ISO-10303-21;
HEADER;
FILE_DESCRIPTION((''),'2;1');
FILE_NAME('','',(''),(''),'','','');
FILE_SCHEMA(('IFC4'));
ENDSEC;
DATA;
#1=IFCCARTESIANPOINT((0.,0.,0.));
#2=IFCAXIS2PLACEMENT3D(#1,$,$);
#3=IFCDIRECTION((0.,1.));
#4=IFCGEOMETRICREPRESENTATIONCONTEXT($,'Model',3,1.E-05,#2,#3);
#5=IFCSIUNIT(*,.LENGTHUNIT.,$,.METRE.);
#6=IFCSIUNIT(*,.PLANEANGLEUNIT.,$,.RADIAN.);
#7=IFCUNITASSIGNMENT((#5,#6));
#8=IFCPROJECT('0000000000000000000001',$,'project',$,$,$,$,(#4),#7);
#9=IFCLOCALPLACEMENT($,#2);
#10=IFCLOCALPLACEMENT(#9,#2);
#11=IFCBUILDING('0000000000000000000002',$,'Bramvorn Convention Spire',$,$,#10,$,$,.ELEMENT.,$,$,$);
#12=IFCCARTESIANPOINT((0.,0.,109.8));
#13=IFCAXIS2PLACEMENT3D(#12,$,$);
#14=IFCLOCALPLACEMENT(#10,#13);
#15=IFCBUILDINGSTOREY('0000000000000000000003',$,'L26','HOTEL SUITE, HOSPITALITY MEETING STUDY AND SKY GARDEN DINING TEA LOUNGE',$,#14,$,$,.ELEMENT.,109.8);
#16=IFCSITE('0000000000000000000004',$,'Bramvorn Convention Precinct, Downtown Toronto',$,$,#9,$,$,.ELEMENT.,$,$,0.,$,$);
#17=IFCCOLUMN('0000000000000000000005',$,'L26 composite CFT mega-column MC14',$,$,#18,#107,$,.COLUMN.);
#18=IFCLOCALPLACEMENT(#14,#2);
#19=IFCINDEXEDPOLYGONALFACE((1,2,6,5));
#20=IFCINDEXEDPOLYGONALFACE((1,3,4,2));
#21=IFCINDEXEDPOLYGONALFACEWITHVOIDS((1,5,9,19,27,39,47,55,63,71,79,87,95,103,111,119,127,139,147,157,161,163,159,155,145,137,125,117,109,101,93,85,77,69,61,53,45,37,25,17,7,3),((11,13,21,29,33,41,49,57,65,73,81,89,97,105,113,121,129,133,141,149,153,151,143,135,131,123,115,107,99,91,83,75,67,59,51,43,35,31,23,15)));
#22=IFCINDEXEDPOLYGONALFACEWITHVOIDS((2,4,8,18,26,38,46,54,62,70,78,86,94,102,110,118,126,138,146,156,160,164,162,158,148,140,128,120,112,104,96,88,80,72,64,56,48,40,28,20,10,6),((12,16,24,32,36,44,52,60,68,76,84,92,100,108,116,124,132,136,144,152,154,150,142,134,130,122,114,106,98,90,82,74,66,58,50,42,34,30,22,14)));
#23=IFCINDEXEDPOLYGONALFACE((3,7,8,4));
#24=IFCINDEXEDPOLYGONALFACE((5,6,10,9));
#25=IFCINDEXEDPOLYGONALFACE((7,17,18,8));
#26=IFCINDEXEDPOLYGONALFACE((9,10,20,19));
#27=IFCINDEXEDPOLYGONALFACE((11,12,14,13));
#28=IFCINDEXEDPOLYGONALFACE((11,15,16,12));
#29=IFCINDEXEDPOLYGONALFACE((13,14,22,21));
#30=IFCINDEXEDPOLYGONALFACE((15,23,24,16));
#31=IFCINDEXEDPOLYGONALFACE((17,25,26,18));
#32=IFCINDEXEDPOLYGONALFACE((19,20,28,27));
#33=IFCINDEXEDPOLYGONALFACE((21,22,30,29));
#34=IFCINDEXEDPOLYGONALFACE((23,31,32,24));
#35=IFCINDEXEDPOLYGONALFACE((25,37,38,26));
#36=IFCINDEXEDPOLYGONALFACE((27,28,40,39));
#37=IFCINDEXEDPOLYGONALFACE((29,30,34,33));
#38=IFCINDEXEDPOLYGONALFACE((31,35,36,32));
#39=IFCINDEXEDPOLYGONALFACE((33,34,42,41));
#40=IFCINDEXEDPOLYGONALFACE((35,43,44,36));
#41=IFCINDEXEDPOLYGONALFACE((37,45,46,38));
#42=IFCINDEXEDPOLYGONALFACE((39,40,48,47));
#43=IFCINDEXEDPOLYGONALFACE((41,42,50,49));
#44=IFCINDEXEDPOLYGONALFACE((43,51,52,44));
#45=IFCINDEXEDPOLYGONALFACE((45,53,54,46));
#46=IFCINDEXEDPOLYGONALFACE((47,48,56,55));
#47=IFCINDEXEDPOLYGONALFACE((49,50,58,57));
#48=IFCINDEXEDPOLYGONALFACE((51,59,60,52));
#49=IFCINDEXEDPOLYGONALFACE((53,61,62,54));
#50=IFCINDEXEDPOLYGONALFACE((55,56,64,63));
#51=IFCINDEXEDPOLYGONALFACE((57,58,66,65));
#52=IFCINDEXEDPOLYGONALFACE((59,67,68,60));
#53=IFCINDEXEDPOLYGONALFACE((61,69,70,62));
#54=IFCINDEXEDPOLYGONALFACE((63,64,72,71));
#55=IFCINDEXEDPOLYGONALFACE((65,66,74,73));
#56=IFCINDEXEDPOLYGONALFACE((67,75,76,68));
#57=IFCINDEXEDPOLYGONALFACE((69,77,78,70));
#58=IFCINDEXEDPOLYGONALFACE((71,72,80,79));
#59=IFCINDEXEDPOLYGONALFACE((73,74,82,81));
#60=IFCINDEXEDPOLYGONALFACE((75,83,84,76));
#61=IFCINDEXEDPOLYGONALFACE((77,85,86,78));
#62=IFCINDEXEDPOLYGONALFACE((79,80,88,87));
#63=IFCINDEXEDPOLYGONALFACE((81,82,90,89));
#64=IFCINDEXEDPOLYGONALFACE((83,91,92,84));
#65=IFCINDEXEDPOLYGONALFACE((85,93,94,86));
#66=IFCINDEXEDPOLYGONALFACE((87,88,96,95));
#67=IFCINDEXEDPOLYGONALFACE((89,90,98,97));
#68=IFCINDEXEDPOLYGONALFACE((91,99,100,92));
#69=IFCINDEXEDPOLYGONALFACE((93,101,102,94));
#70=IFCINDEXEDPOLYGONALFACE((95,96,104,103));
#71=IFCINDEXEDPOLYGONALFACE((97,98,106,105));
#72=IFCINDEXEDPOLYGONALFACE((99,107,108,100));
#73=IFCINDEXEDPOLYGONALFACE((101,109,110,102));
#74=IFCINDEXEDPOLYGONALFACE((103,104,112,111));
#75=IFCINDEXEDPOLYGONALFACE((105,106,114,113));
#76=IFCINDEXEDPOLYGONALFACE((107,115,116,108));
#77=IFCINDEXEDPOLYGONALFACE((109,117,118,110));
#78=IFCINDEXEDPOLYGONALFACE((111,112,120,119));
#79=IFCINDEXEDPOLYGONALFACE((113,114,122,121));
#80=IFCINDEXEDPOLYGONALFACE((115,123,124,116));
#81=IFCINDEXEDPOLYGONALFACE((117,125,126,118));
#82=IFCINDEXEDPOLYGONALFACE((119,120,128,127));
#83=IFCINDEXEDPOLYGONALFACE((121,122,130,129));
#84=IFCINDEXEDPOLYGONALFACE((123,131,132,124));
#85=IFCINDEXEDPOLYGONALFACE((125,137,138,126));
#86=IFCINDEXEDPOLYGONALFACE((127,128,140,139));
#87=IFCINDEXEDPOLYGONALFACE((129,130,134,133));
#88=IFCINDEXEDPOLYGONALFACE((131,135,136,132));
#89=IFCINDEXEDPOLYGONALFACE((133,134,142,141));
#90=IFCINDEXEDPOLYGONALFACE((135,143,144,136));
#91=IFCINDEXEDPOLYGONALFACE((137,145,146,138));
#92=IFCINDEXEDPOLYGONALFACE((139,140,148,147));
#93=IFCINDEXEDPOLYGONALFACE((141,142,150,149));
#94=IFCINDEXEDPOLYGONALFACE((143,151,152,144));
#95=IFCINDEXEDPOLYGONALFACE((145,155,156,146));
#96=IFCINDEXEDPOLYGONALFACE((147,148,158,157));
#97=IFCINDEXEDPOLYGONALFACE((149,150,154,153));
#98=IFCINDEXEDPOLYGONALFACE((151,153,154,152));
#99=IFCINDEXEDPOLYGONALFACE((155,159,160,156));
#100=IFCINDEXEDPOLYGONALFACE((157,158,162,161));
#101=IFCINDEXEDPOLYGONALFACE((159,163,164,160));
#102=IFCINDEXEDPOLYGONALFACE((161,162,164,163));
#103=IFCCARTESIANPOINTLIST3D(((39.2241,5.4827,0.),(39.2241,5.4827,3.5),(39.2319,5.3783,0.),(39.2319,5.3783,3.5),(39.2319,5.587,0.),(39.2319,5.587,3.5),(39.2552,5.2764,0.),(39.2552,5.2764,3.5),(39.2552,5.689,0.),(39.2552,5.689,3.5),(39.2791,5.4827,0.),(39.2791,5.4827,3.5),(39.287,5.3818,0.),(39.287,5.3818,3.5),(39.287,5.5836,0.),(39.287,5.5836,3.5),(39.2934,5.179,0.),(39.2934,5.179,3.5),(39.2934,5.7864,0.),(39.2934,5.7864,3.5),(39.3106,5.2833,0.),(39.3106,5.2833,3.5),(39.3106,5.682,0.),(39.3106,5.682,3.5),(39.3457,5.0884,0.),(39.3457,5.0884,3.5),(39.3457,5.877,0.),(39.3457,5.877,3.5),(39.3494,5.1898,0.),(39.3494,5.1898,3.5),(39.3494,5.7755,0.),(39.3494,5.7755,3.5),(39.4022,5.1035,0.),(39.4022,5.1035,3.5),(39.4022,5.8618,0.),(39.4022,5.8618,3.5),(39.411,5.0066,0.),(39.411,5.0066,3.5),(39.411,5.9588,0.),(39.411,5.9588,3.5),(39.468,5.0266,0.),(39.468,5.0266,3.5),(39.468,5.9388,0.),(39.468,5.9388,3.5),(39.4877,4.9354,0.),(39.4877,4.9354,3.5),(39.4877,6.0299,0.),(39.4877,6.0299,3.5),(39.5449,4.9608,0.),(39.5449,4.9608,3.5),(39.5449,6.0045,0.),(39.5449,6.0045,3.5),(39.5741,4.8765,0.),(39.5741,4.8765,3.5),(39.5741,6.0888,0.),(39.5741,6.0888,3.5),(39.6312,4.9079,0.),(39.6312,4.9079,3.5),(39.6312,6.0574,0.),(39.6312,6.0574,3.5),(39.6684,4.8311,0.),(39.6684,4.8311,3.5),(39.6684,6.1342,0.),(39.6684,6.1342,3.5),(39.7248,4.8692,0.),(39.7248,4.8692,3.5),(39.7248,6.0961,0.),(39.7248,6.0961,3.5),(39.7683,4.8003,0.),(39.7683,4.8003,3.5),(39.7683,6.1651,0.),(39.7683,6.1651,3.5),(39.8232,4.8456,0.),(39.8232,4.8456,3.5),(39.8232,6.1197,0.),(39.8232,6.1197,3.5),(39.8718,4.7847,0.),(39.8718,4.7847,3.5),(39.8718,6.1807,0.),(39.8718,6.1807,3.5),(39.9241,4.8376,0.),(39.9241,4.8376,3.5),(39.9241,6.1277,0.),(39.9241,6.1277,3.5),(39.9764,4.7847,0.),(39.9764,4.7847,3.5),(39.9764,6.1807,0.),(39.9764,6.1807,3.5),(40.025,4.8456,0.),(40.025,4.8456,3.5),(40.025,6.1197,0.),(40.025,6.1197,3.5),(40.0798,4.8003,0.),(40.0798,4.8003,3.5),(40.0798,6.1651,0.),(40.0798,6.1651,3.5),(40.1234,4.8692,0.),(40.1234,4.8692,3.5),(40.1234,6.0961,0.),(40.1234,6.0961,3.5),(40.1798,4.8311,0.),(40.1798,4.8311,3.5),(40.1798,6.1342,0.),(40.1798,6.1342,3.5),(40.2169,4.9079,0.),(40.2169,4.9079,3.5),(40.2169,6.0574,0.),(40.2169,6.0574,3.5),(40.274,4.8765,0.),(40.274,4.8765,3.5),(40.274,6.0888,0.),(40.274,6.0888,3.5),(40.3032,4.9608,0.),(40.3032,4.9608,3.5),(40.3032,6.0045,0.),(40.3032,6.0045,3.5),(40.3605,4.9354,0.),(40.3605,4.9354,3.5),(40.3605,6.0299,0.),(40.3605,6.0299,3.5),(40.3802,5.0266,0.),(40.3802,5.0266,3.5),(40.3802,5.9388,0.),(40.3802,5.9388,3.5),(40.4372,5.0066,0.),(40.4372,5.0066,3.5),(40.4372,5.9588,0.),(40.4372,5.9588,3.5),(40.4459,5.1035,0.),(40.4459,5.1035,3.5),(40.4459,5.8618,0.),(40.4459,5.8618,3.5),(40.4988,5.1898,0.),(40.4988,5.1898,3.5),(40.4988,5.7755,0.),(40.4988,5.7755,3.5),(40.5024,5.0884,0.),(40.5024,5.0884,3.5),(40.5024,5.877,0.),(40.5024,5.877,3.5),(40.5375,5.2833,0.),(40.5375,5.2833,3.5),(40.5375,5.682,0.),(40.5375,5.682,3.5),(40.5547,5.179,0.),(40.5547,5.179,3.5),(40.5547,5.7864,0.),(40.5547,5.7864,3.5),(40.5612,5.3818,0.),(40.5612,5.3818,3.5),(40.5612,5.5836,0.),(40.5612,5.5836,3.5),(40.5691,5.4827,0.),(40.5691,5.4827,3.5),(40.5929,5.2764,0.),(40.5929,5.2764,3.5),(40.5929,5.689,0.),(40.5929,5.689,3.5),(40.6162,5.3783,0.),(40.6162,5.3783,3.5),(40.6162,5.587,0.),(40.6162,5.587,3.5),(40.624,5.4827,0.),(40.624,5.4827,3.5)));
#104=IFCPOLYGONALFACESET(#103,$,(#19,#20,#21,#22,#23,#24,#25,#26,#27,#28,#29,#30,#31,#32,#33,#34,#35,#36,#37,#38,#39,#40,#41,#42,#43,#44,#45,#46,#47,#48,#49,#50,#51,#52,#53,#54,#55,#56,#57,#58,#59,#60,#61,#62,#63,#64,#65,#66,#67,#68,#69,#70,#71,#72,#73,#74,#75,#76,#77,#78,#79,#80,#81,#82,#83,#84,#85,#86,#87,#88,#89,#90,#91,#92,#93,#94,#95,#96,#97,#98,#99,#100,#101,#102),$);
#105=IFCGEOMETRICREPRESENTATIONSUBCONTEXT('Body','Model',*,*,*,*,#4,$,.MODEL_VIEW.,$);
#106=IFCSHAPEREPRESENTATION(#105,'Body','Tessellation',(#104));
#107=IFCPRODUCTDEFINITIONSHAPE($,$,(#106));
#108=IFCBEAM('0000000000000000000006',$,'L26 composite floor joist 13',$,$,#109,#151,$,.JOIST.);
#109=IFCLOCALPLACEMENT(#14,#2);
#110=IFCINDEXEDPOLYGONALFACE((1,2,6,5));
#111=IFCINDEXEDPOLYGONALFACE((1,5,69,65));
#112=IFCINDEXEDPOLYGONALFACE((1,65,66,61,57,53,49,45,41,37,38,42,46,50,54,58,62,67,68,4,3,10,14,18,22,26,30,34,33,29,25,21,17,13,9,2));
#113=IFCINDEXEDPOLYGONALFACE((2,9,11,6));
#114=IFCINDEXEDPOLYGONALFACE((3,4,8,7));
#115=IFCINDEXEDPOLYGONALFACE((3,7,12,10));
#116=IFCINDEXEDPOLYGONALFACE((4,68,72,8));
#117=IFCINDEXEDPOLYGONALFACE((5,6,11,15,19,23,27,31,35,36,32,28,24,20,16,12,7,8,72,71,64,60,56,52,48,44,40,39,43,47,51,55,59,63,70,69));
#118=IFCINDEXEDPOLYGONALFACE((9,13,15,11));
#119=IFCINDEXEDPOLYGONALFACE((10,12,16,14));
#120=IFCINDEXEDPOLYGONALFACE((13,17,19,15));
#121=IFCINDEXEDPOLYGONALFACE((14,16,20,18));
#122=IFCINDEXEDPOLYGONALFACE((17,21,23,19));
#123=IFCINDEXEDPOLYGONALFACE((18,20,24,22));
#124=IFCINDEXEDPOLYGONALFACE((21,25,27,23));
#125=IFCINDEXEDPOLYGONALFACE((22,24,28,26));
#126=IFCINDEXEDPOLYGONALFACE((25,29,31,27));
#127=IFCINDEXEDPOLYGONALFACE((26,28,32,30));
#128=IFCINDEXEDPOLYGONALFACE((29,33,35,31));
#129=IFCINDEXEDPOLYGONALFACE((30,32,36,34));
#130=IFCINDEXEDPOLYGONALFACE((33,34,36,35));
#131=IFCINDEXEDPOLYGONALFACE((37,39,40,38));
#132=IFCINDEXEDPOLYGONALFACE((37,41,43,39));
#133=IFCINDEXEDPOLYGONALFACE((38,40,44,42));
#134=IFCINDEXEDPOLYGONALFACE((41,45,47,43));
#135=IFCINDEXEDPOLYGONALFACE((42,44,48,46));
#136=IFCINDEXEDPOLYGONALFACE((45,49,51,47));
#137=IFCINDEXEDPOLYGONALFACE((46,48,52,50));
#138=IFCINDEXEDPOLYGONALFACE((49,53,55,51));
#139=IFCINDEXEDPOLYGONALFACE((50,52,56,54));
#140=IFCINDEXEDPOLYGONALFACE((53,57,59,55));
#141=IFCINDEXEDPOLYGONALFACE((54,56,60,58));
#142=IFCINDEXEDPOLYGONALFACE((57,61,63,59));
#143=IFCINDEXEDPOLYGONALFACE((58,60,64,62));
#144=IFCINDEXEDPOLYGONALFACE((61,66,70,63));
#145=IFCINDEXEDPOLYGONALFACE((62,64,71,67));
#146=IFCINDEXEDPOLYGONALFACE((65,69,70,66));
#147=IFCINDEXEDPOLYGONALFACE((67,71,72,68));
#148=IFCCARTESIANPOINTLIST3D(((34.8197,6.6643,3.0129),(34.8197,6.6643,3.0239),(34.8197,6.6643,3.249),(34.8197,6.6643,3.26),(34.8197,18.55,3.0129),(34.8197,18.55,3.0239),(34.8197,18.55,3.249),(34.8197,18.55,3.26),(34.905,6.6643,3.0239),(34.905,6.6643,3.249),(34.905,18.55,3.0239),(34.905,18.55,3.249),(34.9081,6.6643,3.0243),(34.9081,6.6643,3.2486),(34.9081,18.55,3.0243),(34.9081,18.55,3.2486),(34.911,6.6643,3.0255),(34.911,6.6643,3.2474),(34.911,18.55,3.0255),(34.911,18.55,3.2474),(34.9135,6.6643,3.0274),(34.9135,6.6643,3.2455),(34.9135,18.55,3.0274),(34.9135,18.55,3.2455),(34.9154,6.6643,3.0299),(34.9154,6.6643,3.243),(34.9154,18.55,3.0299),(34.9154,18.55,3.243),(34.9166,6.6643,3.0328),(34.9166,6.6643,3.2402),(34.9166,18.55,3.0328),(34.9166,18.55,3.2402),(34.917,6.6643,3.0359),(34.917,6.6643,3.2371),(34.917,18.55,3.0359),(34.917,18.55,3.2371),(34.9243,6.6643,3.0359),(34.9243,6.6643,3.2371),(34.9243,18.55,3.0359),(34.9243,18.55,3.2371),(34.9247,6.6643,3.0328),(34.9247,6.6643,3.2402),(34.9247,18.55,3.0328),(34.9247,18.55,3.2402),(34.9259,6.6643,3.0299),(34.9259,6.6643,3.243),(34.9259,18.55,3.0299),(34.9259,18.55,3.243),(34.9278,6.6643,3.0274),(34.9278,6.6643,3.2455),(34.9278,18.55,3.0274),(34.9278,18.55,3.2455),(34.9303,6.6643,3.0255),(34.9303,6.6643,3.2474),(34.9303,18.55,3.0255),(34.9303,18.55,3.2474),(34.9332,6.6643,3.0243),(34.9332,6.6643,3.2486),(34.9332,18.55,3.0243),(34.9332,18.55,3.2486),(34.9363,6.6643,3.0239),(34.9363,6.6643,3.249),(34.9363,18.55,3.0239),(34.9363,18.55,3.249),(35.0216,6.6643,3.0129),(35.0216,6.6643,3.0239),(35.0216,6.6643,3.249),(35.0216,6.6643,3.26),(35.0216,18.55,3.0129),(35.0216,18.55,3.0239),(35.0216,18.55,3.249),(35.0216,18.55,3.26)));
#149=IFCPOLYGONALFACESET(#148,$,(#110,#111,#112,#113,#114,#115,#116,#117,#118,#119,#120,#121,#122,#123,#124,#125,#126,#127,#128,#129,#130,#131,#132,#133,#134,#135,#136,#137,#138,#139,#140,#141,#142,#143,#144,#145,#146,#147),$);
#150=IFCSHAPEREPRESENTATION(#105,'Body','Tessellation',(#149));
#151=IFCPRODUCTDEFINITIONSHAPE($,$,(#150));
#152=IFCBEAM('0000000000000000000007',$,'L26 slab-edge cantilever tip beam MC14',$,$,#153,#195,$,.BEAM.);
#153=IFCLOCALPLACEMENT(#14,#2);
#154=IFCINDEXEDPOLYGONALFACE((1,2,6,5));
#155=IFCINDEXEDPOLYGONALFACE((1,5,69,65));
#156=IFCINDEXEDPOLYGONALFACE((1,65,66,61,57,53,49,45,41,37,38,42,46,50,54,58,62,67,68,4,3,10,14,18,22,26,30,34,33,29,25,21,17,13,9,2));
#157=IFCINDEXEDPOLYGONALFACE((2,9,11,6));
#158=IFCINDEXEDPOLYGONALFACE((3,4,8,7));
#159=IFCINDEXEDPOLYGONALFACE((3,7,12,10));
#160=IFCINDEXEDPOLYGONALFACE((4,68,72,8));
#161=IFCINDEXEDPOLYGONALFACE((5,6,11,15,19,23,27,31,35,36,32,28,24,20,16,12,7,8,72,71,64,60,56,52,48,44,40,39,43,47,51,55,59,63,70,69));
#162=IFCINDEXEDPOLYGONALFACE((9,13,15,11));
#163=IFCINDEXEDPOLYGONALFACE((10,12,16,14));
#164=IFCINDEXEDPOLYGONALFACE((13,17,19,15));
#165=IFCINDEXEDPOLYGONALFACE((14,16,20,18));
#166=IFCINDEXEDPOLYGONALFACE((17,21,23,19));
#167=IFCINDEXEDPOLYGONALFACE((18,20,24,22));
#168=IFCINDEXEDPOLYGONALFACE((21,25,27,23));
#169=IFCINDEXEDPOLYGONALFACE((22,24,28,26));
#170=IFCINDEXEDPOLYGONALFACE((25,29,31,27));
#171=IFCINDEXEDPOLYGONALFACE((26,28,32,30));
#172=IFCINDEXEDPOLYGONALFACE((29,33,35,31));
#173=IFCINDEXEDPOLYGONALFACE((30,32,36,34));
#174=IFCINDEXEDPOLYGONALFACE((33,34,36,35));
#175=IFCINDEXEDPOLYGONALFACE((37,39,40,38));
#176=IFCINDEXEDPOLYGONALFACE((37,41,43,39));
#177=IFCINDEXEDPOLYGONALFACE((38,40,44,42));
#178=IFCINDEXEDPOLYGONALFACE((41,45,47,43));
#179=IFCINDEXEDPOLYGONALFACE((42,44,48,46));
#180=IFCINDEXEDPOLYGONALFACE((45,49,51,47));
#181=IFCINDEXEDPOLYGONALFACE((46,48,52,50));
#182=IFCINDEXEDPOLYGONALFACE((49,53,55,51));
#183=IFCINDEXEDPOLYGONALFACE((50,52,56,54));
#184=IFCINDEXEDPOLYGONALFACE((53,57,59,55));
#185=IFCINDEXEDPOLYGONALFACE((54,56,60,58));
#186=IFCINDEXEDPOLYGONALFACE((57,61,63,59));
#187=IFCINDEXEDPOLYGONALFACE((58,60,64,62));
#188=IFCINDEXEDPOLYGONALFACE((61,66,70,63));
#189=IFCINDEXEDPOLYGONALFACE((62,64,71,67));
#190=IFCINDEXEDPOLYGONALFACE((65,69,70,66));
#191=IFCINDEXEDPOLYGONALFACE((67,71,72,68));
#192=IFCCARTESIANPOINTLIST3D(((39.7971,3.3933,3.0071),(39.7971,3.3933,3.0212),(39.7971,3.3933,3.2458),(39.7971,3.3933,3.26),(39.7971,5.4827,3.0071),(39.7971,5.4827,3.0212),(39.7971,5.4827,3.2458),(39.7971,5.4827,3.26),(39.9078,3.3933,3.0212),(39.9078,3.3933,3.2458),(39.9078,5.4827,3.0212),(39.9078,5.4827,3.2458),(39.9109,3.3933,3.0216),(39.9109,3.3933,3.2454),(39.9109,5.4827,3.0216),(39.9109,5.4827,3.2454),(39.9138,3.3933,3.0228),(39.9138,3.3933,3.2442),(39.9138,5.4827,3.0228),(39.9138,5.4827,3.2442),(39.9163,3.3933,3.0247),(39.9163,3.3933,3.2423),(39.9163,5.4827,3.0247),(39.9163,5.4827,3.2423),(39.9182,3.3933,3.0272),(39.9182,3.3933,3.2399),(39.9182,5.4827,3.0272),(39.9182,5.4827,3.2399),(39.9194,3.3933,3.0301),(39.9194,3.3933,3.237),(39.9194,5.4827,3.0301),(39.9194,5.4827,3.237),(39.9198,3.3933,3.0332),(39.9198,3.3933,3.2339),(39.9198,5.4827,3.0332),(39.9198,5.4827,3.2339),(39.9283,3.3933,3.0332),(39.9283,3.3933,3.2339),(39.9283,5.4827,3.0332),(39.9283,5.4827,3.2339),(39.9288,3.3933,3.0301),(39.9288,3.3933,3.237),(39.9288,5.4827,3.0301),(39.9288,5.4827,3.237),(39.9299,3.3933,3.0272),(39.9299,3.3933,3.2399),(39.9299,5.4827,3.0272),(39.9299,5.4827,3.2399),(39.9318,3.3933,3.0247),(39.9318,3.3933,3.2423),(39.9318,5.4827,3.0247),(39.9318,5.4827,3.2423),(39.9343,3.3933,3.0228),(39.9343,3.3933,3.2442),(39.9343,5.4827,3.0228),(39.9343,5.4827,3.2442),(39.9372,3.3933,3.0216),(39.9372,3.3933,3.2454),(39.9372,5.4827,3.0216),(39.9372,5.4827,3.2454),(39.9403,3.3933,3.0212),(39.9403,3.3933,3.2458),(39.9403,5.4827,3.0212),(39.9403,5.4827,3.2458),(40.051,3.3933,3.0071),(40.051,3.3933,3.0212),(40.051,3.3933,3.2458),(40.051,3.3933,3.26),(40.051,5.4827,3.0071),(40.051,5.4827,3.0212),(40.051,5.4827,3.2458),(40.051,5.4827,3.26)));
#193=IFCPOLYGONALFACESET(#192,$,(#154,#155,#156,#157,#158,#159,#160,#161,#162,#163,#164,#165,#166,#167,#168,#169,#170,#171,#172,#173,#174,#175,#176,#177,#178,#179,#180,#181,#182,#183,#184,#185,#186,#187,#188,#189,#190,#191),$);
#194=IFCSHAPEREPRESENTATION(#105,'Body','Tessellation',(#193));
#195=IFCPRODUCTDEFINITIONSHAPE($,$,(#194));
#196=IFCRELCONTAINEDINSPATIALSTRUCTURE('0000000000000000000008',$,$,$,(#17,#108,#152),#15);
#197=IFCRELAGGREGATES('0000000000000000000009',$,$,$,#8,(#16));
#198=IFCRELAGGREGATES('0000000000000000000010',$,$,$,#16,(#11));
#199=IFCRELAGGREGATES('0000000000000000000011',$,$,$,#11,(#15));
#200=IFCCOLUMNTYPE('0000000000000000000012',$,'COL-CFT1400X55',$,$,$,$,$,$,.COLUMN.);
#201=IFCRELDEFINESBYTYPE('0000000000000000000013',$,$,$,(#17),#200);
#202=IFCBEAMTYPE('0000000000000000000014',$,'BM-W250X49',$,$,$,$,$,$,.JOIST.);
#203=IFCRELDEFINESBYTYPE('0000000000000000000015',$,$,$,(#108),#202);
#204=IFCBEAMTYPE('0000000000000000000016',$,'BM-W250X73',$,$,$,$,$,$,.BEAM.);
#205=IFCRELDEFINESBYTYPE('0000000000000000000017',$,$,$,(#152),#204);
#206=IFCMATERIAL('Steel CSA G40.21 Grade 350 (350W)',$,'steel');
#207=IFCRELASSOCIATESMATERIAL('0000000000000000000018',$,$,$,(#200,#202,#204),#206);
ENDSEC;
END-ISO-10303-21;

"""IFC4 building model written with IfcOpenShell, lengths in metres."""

from ifc_helpers import new_model, si_unit, direction, frame, origin, origin_2d, place, context, subcontext, project, spatial, hollow_circle, i_section, extrude, material, material_profile, profile_set, type_object, element, save


model = new_model("IFC4")

# Units and contexts
model_context = context("Model", 3, precision=1e-05, world=origin(), true_north=direction((0.0, 1.0)))
body_context = subcontext(model_context, "Body", "Model", "MODEL_VIEW")
ifc_project = project(units=[si_unit("LENGTHUNIT", "METRE"), si_unit("PLANEANGLEUNIT", "RADIAN")], contexts=[model_context])

# Site, building, storey
site_placement = place(None, origin())
site = spatial("IfcSite", under=ifc_project, at=site_placement, Name="Bramvorn Convention Precinct, Downtown Toronto", CompositionType="ELEMENT", RefElevation=0.0)
building_placement = place(site_placement, origin())
building = spatial("IfcBuilding", under=site, at=building_placement, Name="Bramvorn Convention Spire", CompositionType="ELEMENT")
storey_placement = place(building_placement, frame((0.0, 0.0, 109.8)))
storey = spatial("IfcBuildingStorey", under=building, at=storey_placement, Name="L26", Description="HOTEL SUITE, HOSPITALITY MEETING STUDY AND SKY GARDEN DINING TEA LOUNGE", CompositionType="ELEMENT", Elevation=109.8)

# Column
ifc_material_1 = material(Name="Steel CSA G40.21 Grade 350 (350W)", Category="steel")
ifc_material_profile_1 = material_profile(ifc_material_1, hollow_circle(Radius=0.7, WallThickness=0.0549, at=origin_2d()))
ifc_profile_set_1 = profile_set([ifc_material_profile_1], Name="Steel CSA G40.21 Grade 350 (350W) - CFT1400X55")
column_type = type_object("IfcColumnType", Name="COL-CFT1400X55", PredefinedType="COLUMN", material=ifc_profile_set_1)
column_placement = place(storey_placement, frame((39.9241, 5.4827, 0.0), z_axis=(0.0, 0.0, 1.0), x_axis=(1.0, 0.0, 0.0)))
element("IfcColumn", 1, at=column_placement, inside=storey, type_object=column_type, Name="L26 composite CFT mega-column MC14", PredefinedType="COLUMN", context=body_context, shape_type="SweptSolid", body=[
    extrude(hollow_circle(Radius=0.7, WallThickness=0.0549, at=origin_2d()), origin(), (0.0, 0.0, 1.0), 3.5),
])

# Beams
ifc_material_profile_2 = material_profile(ifc_material_1, i_section(OverallWidth=0.2019, OverallDepth=0.2471, WebThickness=0.0073, FlangeThickness=0.011, FilletRadius=0.012, at=origin_2d()))
ifc_profile_set_2 = profile_set([ifc_material_profile_2], Name="Steel CSA G40.21 Grade 350 (350W) - W250X49")
beam_type_1 = type_object("IfcBeamType", Name="BM-W250X49", PredefinedType="JOIST", material=ifc_profile_set_2)
beam_1_placement = place(storey_placement, frame((34.9207, 18.55, 3.1365), z_axis=(0.0, -1.0, 0.0), x_axis=(1.0, 0.0, 0.0)))
element("IfcBeam", 2, at=beam_1_placement, inside=storey, type_object=beam_type_1, Name="L26 composite floor joist 13", PredefinedType="JOIST", context=body_context, shape_type="SweptSolid", body=[
    extrude(i_section(OverallWidth=0.2019, OverallDepth=0.2471, WebThickness=0.0073, FlangeThickness=0.011, FilletRadius=0.012, at=origin_2d()), origin(), (0.0, 0.0, 1.0), 11.8857),
])
ifc_material_profile_3 = material_profile(ifc_material_1, i_section(OverallWidth=0.2539, OverallDepth=0.2529, WebThickness=0.0085, FlangeThickness=0.0142, FilletRadius=0.012, at=origin_2d()))
ifc_profile_set_3 = profile_set([ifc_material_profile_3], Name="Steel CSA G40.21 Grade 350 (350W) - W250X73")
beam_type_2 = type_object("IfcBeamType", Name="BM-W250X73", PredefinedType="BEAM", material=ifc_profile_set_3)
beam_2_placement = place(storey_placement, frame((39.9241, 5.4827, 3.1335), z_axis=(0.0, -1.0, 0.0), x_axis=(1.0, 0.0, 0.0)))
element("IfcBeam", 3, at=beam_2_placement, inside=storey, type_object=beam_type_2, Name="L26 slab-edge cantilever tip beam MC14", PredefinedType="BEAM", context=body_context, shape_type="SweptSolid", body=[
    extrude(i_section(OverallWidth=0.2539, OverallDepth=0.2529, WebThickness=0.0085, FlangeThickness=0.0142, FilletRadius=0.012, at=origin_2d()), origin(), (0.0, 0.0, 1.0), 2.0894),
])

save(model, "model.ifc")
